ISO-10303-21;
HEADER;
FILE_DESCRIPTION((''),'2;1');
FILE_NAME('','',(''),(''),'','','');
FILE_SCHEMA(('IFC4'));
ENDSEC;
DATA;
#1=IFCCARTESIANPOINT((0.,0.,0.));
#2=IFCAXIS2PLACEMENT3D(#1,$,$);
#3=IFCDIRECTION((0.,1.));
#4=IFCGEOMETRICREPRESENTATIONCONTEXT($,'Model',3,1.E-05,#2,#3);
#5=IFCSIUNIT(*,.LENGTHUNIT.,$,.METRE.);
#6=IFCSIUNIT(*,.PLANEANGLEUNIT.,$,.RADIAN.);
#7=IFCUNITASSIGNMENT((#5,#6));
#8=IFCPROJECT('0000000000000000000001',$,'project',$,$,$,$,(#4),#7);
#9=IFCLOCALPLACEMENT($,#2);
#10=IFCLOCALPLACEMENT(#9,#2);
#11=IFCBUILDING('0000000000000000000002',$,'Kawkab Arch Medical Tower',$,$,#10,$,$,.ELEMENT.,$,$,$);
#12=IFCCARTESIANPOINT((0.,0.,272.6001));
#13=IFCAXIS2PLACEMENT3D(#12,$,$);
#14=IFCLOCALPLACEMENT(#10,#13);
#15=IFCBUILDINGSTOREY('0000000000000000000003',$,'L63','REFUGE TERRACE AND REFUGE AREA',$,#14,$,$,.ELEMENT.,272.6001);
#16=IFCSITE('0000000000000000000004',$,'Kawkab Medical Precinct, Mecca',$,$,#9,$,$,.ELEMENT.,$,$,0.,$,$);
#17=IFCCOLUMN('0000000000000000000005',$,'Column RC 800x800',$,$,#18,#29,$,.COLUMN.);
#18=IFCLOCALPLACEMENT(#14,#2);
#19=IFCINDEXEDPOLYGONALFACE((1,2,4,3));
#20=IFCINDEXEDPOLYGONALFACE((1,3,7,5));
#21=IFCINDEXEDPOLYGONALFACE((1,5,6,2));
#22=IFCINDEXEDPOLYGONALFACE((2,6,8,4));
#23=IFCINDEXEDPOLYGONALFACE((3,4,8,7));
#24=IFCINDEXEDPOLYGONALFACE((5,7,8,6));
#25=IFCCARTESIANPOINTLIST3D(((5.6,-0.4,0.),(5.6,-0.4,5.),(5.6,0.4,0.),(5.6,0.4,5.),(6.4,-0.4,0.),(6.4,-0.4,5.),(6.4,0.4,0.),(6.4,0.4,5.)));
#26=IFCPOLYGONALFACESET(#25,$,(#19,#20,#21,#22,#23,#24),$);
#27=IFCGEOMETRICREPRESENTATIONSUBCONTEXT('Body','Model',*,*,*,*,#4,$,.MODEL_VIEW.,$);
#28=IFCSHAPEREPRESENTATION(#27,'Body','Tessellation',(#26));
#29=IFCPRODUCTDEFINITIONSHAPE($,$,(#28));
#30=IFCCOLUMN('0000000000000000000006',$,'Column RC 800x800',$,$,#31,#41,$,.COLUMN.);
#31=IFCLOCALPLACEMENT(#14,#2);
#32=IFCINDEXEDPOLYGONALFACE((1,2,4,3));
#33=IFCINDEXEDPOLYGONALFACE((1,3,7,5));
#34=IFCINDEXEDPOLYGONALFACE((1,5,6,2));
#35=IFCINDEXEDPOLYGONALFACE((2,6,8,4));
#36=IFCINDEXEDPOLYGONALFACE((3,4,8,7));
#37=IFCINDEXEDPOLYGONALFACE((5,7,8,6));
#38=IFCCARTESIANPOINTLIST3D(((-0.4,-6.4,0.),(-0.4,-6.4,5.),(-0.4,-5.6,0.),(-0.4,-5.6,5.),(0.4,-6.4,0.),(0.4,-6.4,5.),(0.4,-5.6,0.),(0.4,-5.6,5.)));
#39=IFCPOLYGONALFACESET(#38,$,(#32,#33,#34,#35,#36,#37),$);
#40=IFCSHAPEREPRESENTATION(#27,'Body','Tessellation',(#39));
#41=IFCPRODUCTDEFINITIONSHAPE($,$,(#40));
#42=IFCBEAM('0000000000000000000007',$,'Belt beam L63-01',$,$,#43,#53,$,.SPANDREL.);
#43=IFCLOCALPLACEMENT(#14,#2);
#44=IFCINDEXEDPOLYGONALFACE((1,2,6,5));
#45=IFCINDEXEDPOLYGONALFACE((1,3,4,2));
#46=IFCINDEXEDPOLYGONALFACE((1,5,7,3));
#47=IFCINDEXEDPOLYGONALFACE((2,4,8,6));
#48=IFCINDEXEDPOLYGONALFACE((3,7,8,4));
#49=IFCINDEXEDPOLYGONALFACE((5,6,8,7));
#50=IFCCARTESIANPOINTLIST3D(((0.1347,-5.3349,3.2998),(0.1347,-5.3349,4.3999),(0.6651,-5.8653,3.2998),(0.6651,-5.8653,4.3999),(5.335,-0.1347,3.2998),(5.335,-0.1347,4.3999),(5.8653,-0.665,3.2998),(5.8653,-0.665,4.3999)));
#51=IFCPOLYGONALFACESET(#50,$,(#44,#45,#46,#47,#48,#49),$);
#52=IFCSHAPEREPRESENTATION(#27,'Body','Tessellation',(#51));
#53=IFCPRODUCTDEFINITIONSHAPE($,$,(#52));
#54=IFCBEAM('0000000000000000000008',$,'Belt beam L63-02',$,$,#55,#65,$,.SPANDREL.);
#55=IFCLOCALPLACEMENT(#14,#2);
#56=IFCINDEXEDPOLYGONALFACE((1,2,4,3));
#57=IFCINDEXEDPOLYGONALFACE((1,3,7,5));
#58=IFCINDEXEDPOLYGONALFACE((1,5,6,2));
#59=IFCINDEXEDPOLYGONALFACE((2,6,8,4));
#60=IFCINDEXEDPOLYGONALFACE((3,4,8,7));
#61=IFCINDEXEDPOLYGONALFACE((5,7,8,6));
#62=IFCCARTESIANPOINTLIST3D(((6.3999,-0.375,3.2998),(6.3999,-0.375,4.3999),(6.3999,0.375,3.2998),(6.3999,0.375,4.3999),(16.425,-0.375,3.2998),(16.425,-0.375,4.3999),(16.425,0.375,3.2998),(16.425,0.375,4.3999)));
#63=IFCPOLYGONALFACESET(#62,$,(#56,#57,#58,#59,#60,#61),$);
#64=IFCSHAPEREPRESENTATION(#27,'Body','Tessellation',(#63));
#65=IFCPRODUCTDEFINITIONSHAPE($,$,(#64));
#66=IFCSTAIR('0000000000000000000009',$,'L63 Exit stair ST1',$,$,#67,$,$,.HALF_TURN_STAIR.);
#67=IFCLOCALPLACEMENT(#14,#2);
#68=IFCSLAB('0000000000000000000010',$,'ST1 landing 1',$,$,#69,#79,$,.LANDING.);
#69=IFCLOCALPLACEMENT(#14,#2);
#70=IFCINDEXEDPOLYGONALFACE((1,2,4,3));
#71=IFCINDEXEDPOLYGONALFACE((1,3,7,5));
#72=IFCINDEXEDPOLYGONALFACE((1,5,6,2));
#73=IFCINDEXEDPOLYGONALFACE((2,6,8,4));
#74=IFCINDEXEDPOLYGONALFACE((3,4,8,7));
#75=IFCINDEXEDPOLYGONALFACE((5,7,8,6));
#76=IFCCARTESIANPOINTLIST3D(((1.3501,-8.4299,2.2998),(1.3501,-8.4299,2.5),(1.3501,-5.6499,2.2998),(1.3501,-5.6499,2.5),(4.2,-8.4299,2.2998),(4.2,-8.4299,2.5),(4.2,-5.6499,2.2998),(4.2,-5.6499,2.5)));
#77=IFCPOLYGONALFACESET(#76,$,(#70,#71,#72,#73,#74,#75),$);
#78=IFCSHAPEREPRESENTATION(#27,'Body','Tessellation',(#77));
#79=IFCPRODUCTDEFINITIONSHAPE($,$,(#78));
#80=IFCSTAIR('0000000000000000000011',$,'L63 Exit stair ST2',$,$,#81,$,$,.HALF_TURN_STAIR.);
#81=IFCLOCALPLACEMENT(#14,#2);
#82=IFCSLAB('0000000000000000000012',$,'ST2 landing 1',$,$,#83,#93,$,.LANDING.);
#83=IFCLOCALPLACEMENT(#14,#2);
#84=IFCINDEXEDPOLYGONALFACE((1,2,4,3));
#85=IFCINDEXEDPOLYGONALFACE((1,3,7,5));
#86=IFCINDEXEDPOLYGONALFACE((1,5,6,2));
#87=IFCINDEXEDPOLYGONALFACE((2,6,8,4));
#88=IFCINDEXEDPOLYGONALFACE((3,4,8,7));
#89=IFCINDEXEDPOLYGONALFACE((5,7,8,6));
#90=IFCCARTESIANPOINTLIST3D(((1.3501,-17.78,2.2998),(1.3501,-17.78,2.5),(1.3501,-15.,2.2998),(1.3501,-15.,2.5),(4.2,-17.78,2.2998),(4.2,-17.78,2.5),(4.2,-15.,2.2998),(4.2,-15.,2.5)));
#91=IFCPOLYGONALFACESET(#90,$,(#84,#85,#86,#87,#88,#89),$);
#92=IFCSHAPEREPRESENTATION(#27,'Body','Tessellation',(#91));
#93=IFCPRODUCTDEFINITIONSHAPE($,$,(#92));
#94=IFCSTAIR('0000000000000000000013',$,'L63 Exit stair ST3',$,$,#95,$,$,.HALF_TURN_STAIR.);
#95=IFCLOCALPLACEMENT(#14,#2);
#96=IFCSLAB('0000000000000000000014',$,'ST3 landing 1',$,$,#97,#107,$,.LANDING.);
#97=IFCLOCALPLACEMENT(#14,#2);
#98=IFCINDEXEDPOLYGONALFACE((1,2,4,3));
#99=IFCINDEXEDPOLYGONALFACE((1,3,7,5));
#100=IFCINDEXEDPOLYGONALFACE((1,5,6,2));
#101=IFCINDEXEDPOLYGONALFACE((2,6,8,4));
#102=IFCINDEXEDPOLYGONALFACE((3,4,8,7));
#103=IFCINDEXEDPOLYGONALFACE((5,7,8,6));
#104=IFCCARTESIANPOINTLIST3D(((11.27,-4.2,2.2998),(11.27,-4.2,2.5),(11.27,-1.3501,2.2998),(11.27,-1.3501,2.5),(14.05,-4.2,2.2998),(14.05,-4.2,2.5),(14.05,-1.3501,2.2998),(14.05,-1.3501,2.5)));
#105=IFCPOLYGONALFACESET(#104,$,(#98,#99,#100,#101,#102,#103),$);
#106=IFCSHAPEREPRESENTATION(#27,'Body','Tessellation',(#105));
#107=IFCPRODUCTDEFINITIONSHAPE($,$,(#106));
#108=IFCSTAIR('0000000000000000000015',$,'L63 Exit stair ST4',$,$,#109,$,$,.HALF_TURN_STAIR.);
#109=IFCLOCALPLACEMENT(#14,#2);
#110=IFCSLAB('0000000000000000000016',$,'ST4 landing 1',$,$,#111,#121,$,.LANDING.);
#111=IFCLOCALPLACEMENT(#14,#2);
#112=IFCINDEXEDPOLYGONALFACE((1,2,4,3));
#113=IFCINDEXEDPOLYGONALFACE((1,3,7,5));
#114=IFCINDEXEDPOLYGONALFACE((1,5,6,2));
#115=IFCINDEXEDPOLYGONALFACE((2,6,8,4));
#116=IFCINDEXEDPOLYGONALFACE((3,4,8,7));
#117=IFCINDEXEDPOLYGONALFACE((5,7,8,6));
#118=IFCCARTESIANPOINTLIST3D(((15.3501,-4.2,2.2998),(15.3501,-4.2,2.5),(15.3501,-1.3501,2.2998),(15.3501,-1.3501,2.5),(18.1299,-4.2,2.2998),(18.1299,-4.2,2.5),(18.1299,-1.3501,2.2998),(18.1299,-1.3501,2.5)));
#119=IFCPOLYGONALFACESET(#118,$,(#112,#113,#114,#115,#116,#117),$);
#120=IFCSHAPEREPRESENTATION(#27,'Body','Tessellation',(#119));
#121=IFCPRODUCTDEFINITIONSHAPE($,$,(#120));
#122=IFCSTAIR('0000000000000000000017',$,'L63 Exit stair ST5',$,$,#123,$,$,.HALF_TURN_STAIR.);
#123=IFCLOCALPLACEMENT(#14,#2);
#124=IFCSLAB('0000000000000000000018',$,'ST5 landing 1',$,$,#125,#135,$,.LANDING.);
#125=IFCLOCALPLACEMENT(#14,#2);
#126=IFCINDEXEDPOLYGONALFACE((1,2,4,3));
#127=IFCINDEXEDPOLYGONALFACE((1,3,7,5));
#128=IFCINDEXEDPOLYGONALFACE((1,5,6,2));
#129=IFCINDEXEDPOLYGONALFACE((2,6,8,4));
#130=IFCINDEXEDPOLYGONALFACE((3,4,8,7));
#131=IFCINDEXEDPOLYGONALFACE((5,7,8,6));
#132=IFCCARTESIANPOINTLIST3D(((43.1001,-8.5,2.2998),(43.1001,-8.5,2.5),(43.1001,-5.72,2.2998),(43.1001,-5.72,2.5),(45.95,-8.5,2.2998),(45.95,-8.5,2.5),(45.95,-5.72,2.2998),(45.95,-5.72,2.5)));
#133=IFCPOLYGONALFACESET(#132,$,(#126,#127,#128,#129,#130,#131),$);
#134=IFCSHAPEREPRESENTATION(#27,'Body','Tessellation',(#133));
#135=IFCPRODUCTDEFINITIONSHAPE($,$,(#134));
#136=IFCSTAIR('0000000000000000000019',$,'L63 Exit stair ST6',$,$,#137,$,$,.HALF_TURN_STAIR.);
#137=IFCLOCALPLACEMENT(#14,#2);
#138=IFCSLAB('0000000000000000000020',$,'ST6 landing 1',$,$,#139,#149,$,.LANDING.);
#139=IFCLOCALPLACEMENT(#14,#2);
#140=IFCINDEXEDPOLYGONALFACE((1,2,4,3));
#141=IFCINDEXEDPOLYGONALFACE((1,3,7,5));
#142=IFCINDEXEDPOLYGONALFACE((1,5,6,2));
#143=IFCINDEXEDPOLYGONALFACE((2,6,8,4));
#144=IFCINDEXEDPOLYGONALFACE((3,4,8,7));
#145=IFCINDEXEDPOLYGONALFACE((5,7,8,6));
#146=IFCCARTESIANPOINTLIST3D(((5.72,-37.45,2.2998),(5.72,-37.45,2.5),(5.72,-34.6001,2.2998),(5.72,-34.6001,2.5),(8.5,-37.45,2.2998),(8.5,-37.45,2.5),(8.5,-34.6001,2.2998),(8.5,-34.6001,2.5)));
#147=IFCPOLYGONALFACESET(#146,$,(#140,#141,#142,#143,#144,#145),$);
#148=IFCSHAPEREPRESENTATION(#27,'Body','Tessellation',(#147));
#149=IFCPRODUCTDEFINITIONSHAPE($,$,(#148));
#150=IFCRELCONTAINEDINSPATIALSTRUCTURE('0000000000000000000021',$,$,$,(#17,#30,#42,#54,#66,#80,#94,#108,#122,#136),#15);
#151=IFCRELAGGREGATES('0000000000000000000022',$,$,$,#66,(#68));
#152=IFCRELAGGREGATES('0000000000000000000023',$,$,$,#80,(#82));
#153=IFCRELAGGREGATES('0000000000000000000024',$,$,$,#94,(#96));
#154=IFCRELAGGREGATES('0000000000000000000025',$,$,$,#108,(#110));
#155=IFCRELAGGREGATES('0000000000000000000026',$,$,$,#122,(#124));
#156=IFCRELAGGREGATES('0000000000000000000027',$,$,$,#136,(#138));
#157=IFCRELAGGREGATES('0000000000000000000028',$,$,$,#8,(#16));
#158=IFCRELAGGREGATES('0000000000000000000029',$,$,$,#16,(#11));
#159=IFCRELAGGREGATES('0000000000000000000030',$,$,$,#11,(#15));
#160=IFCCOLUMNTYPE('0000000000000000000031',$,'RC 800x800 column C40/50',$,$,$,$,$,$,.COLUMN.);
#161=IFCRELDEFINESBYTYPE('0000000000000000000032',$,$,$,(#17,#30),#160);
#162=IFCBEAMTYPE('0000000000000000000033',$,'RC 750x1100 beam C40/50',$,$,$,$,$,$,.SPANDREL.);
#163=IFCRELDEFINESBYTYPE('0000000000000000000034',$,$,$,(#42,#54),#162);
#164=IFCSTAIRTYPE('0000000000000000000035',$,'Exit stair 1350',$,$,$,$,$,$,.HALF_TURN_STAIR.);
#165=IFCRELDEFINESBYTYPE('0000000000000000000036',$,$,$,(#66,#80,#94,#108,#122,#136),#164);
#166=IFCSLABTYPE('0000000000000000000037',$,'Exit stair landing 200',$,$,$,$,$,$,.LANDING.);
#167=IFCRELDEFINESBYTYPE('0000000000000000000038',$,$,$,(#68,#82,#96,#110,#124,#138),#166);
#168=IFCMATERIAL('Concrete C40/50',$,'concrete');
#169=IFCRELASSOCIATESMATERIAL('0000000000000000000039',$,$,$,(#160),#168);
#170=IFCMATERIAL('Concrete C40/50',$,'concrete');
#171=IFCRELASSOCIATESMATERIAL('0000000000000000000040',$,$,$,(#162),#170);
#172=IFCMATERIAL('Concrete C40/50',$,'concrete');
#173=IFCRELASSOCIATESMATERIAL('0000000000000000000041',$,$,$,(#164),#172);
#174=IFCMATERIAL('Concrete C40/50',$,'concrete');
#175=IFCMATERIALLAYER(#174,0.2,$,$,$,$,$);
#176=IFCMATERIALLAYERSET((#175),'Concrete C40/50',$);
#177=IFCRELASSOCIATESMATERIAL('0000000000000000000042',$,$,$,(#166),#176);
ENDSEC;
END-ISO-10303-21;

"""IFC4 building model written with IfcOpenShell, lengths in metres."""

from ifc_helpers import new_model, si_unit, direction, frame, origin, origin_2d, place, context, subcontext, project, spatial, polyline, rectangle, outline, extrude, material, layer, layer_set, material_profile, profile_set, type_object, element, aggregate, save


model = new_model("IFC4")

# Units and contexts
model_context = context("Model", 3, precision=1e-05, world=origin(), true_north=direction((0.0, 1.0)))
body_context = subcontext(model_context, "Body", "Model", "MODEL_VIEW")
ifc_project = project(units=[si_unit("LENGTHUNIT", "METRE"), si_unit("PLANEANGLEUNIT", "RADIAN")], contexts=[model_context])

# Site, building, storey
site_placement = place(None, origin())
site = spatial("IfcSite", under=ifc_project, at=site_placement, Name="Kawkab Medical Precinct, Mecca", CompositionType="ELEMENT", RefElevation=0.0)
building_placement = place(site_placement, origin())
building = spatial("IfcBuilding", under=site, at=building_placement, Name="Kawkab Arch Medical Tower", CompositionType="ELEMENT")
storey_placement = place(building_placement, frame((0.0, 0.0, 272.6001)))
storey = spatial("IfcBuildingStorey", under=building, at=storey_placement, Name="L63", Description="REFUGE TERRACE AND REFUGE AREA", CompositionType="ELEMENT", Elevation=272.6001)

# Columns
ifc_material_1 = material(Name="Concrete C40/50", Category="concrete")
ifc_material_profile_1 = material_profile(ifc_material_1, rectangle(XDim=0.8, YDim=0.8, at=origin_2d()), Name="RC 800x800")
ifc_profile_set_1 = profile_set([ifc_material_profile_1], Name="Concrete C40/50")
column_type = type_object("IfcColumnType", Name="RC 800x800 column C40/50", PredefinedType="COLUMN", material=ifc_profile_set_1)
for number, where, z_axis, x_axis, name in (
    (1, (6.0, 0.0, 0.0), (0.0, 0.0, 1.0), (1.0, 0.0, 0.0), "Column RC 800x800"),
    (2, (0.0, -6.0, 0.0), (0.0, 0.0, 1.0), (1.0, 0.0, 0.0), "Column RC 800x800"),
):
    element("IfcColumn", number, at=place(storey_placement, frame(where, z_axis=z_axis, x_axis=x_axis)), inside=storey, type_object=column_type, Name=name, PredefinedType="COLUMN", context=body_context, shape_type="SweptSolid", body=[
        extrude(rectangle(XDim=0.8, YDim=0.8, at=origin_2d()), origin(), (0.0, 0.0, 1.0), 5.0),
    ])

# Beams
ifc_material_2 = material(Name="Concrete C40/50", Category="concrete")
ifc_material_profile_2 = material_profile(ifc_material_2, rectangle(XDim=0.75, YDim=1.1001, at=origin_2d()), Name="RC 750x1100")
ifc_profile_set_2 = profile_set([ifc_material_profile_2], Name="Concrete C40/50")
beam_type = type_object("IfcBeamType", Name="RC 750x1100 beam C40/50", PredefinedType="SPANDREL", material=ifc_profile_set_2)
beam_1_placement = place(storey_placement, frame((0.3999, -5.6001, 3.8499), z_axis=(0.707107, 0.707107, 0.0), x_axis=(-0.707107, 0.707107, 0.0)))
element("IfcBeam", 3, at=beam_1_placement, inside=storey, type_object=beam_type, Name="Belt beam L63-01", PredefinedType="SPANDREL", context=body_context, shape_type="SweptSolid", body=[
    extrude(rectangle(XDim=0.75, YDim=1.1001, at=origin_2d()), origin(), (0.0, 0.0, 1.0), 7.3542),
])
beam_2_placement = place(storey_placement, frame((6.3999, 0.0, 3.8499), z_axis=(1.0, 0.0, 0.0), x_axis=(0.0, 1.0, 0.0)))
element("IfcBeam", 4, at=beam_2_placement, inside=storey, type_object=beam_type, Name="Belt beam L63-02", PredefinedType="SPANDREL", context=body_context, shape_type="SweptSolid", body=[
    extrude(rectangle(XDim=0.75, YDim=1.1001, at=origin_2d()), origin(), (0.0, 0.0, 1.0), 10.0251),
])

# Stairs, slabs
ifc_material_3 = material(Name="Concrete C40/50", Category="concrete")
stair_type = type_object("IfcStairType", Name="Exit stair 1350", PredefinedType="HALF_TURN_STAIR", material=ifc_material_3)
placement_1 = place(storey_placement, origin())
stair_1 = element("IfcStair", 5, at=placement_1, inside=storey, type_object=stair_type, Name="L63 Exit stair ST1", PredefinedType="HALF_TURN_STAIR")
ifc_material_4 = material(Name="Concrete C40/50", Category="concrete")
ifc_layer_1 = layer(ifc_material_4, 0.2)
ifc_layer_set_1 = layer_set([ifc_layer_1], Name="Concrete C40/50")
slab_type_1 = type_object("IfcSlabType", Name="Exit stair landing 200", PredefinedType="LANDING", material=ifc_layer_set_1)
placement_2 = place(storey_placement, frame((0.0, 0.0, 2.2998)))
slab_1 = element("IfcSlab", 6, at=placement_2, type_object=slab_type_1, Name="ST1 landing 1", PredefinedType="LANDING", context=body_context, shape_type="SweptSolid", body=[
    extrude(outline(polyline([(4.2, -8.4299), (4.2, -5.6499), (1.3501, -5.6499), (1.3501, -8.4299), (4.2, -8.4299)])), origin(), (0.0, 0.0, 1.0), 0.2002),
])
aggregate(stair_1, [slab_1])
stair_2 = element("IfcStair", 7, at=placement_1, inside=storey, type_object=stair_type, Name="L63 Exit stair ST2", PredefinedType="HALF_TURN_STAIR")
slab_2 = element("IfcSlab", 8, at=placement_2, type_object=slab_type_1, Name="ST2 landing 1", PredefinedType="LANDING", context=body_context, shape_type="SweptSolid", body=[
    extrude(outline(polyline([(4.2, -17.78), (4.2, -15.0), (1.3501, -15.0), (1.3501, -17.78), (4.2, -17.78)])), origin(), (0.0, 0.0, 1.0), 0.2002),
])
aggregate(stair_2, [slab_2])
stair_3 = element("IfcStair", 9, at=placement_1, inside=storey, type_object=stair_type, Name="L63 Exit stair ST3", PredefinedType="HALF_TURN_STAIR")
slab_3 = element("IfcSlab", 10, at=placement_2, type_object=slab_type_1, Name="ST3 landing 1", PredefinedType="LANDING", context=body_context, shape_type="SweptSolid", body=[
    extrude(outline(polyline([(11.27, -4.2), (14.05, -4.2), (14.05, -1.3501), (11.27, -1.3501), (11.27, -4.2)])), origin(), (0.0, 0.0, 1.0), 0.2002),
])
aggregate(stair_3, [slab_3])
stair_4 = element("IfcStair", 11, at=placement_1, inside=storey, type_object=stair_type, Name="L63 Exit stair ST4", PredefinedType="HALF_TURN_STAIR")
slab_4 = element("IfcSlab", 12, at=placement_2, type_object=slab_type_1, Name="ST4 landing 1", PredefinedType="LANDING", context=body_context, shape_type="SweptSolid", body=[
    extrude(outline(polyline([(18.1299, -1.3501), (15.3501, -1.3501), (15.3501, -4.2), (18.1299, -4.2), (18.1299, -1.3501)])), origin(), (0.0, 0.0, 1.0), 0.2002),
])
aggregate(stair_4, [slab_4])
stair_5 = element("IfcStair", 13, at=placement_1, inside=storey, type_object=stair_type, Name="L63 Exit stair ST5", PredefinedType="HALF_TURN_STAIR")
slab_5 = element("IfcSlab", 14, at=placement_2, type_object=slab_type_1, Name="ST5 landing 1", PredefinedType="LANDING", context=body_context, shape_type="SweptSolid", body=[
    extrude(outline(polyline([(43.1001, -5.72), (43.1001, -8.5), (45.95, -8.5), (45.95, -5.72), (43.1001, -5.72)])), origin(), (0.0, 0.0, 1.0), 0.2002),
])
aggregate(stair_5, [slab_5])
stair_6 = element("IfcStair", 15, at=placement_1, inside=storey, type_object=stair_type, Name="L63 Exit stair ST6", PredefinedType="HALF_TURN_STAIR")
slab_6 = element("IfcSlab", 16, at=placement_2, type_object=slab_type_1, Name="ST6 landing 1", PredefinedType="LANDING", context=body_context, shape_type="SweptSolid", body=[
    extrude(outline(polyline([(5.72, -37.45), (8.5, -37.45), (8.5, -34.6001), (5.72, -34.6001), (5.72, -37.45)])), origin(), (0.0, 0.0, 1.0), 0.2002),
])
aggregate(stair_6, [slab_6])

save(model, "model.ifc")
